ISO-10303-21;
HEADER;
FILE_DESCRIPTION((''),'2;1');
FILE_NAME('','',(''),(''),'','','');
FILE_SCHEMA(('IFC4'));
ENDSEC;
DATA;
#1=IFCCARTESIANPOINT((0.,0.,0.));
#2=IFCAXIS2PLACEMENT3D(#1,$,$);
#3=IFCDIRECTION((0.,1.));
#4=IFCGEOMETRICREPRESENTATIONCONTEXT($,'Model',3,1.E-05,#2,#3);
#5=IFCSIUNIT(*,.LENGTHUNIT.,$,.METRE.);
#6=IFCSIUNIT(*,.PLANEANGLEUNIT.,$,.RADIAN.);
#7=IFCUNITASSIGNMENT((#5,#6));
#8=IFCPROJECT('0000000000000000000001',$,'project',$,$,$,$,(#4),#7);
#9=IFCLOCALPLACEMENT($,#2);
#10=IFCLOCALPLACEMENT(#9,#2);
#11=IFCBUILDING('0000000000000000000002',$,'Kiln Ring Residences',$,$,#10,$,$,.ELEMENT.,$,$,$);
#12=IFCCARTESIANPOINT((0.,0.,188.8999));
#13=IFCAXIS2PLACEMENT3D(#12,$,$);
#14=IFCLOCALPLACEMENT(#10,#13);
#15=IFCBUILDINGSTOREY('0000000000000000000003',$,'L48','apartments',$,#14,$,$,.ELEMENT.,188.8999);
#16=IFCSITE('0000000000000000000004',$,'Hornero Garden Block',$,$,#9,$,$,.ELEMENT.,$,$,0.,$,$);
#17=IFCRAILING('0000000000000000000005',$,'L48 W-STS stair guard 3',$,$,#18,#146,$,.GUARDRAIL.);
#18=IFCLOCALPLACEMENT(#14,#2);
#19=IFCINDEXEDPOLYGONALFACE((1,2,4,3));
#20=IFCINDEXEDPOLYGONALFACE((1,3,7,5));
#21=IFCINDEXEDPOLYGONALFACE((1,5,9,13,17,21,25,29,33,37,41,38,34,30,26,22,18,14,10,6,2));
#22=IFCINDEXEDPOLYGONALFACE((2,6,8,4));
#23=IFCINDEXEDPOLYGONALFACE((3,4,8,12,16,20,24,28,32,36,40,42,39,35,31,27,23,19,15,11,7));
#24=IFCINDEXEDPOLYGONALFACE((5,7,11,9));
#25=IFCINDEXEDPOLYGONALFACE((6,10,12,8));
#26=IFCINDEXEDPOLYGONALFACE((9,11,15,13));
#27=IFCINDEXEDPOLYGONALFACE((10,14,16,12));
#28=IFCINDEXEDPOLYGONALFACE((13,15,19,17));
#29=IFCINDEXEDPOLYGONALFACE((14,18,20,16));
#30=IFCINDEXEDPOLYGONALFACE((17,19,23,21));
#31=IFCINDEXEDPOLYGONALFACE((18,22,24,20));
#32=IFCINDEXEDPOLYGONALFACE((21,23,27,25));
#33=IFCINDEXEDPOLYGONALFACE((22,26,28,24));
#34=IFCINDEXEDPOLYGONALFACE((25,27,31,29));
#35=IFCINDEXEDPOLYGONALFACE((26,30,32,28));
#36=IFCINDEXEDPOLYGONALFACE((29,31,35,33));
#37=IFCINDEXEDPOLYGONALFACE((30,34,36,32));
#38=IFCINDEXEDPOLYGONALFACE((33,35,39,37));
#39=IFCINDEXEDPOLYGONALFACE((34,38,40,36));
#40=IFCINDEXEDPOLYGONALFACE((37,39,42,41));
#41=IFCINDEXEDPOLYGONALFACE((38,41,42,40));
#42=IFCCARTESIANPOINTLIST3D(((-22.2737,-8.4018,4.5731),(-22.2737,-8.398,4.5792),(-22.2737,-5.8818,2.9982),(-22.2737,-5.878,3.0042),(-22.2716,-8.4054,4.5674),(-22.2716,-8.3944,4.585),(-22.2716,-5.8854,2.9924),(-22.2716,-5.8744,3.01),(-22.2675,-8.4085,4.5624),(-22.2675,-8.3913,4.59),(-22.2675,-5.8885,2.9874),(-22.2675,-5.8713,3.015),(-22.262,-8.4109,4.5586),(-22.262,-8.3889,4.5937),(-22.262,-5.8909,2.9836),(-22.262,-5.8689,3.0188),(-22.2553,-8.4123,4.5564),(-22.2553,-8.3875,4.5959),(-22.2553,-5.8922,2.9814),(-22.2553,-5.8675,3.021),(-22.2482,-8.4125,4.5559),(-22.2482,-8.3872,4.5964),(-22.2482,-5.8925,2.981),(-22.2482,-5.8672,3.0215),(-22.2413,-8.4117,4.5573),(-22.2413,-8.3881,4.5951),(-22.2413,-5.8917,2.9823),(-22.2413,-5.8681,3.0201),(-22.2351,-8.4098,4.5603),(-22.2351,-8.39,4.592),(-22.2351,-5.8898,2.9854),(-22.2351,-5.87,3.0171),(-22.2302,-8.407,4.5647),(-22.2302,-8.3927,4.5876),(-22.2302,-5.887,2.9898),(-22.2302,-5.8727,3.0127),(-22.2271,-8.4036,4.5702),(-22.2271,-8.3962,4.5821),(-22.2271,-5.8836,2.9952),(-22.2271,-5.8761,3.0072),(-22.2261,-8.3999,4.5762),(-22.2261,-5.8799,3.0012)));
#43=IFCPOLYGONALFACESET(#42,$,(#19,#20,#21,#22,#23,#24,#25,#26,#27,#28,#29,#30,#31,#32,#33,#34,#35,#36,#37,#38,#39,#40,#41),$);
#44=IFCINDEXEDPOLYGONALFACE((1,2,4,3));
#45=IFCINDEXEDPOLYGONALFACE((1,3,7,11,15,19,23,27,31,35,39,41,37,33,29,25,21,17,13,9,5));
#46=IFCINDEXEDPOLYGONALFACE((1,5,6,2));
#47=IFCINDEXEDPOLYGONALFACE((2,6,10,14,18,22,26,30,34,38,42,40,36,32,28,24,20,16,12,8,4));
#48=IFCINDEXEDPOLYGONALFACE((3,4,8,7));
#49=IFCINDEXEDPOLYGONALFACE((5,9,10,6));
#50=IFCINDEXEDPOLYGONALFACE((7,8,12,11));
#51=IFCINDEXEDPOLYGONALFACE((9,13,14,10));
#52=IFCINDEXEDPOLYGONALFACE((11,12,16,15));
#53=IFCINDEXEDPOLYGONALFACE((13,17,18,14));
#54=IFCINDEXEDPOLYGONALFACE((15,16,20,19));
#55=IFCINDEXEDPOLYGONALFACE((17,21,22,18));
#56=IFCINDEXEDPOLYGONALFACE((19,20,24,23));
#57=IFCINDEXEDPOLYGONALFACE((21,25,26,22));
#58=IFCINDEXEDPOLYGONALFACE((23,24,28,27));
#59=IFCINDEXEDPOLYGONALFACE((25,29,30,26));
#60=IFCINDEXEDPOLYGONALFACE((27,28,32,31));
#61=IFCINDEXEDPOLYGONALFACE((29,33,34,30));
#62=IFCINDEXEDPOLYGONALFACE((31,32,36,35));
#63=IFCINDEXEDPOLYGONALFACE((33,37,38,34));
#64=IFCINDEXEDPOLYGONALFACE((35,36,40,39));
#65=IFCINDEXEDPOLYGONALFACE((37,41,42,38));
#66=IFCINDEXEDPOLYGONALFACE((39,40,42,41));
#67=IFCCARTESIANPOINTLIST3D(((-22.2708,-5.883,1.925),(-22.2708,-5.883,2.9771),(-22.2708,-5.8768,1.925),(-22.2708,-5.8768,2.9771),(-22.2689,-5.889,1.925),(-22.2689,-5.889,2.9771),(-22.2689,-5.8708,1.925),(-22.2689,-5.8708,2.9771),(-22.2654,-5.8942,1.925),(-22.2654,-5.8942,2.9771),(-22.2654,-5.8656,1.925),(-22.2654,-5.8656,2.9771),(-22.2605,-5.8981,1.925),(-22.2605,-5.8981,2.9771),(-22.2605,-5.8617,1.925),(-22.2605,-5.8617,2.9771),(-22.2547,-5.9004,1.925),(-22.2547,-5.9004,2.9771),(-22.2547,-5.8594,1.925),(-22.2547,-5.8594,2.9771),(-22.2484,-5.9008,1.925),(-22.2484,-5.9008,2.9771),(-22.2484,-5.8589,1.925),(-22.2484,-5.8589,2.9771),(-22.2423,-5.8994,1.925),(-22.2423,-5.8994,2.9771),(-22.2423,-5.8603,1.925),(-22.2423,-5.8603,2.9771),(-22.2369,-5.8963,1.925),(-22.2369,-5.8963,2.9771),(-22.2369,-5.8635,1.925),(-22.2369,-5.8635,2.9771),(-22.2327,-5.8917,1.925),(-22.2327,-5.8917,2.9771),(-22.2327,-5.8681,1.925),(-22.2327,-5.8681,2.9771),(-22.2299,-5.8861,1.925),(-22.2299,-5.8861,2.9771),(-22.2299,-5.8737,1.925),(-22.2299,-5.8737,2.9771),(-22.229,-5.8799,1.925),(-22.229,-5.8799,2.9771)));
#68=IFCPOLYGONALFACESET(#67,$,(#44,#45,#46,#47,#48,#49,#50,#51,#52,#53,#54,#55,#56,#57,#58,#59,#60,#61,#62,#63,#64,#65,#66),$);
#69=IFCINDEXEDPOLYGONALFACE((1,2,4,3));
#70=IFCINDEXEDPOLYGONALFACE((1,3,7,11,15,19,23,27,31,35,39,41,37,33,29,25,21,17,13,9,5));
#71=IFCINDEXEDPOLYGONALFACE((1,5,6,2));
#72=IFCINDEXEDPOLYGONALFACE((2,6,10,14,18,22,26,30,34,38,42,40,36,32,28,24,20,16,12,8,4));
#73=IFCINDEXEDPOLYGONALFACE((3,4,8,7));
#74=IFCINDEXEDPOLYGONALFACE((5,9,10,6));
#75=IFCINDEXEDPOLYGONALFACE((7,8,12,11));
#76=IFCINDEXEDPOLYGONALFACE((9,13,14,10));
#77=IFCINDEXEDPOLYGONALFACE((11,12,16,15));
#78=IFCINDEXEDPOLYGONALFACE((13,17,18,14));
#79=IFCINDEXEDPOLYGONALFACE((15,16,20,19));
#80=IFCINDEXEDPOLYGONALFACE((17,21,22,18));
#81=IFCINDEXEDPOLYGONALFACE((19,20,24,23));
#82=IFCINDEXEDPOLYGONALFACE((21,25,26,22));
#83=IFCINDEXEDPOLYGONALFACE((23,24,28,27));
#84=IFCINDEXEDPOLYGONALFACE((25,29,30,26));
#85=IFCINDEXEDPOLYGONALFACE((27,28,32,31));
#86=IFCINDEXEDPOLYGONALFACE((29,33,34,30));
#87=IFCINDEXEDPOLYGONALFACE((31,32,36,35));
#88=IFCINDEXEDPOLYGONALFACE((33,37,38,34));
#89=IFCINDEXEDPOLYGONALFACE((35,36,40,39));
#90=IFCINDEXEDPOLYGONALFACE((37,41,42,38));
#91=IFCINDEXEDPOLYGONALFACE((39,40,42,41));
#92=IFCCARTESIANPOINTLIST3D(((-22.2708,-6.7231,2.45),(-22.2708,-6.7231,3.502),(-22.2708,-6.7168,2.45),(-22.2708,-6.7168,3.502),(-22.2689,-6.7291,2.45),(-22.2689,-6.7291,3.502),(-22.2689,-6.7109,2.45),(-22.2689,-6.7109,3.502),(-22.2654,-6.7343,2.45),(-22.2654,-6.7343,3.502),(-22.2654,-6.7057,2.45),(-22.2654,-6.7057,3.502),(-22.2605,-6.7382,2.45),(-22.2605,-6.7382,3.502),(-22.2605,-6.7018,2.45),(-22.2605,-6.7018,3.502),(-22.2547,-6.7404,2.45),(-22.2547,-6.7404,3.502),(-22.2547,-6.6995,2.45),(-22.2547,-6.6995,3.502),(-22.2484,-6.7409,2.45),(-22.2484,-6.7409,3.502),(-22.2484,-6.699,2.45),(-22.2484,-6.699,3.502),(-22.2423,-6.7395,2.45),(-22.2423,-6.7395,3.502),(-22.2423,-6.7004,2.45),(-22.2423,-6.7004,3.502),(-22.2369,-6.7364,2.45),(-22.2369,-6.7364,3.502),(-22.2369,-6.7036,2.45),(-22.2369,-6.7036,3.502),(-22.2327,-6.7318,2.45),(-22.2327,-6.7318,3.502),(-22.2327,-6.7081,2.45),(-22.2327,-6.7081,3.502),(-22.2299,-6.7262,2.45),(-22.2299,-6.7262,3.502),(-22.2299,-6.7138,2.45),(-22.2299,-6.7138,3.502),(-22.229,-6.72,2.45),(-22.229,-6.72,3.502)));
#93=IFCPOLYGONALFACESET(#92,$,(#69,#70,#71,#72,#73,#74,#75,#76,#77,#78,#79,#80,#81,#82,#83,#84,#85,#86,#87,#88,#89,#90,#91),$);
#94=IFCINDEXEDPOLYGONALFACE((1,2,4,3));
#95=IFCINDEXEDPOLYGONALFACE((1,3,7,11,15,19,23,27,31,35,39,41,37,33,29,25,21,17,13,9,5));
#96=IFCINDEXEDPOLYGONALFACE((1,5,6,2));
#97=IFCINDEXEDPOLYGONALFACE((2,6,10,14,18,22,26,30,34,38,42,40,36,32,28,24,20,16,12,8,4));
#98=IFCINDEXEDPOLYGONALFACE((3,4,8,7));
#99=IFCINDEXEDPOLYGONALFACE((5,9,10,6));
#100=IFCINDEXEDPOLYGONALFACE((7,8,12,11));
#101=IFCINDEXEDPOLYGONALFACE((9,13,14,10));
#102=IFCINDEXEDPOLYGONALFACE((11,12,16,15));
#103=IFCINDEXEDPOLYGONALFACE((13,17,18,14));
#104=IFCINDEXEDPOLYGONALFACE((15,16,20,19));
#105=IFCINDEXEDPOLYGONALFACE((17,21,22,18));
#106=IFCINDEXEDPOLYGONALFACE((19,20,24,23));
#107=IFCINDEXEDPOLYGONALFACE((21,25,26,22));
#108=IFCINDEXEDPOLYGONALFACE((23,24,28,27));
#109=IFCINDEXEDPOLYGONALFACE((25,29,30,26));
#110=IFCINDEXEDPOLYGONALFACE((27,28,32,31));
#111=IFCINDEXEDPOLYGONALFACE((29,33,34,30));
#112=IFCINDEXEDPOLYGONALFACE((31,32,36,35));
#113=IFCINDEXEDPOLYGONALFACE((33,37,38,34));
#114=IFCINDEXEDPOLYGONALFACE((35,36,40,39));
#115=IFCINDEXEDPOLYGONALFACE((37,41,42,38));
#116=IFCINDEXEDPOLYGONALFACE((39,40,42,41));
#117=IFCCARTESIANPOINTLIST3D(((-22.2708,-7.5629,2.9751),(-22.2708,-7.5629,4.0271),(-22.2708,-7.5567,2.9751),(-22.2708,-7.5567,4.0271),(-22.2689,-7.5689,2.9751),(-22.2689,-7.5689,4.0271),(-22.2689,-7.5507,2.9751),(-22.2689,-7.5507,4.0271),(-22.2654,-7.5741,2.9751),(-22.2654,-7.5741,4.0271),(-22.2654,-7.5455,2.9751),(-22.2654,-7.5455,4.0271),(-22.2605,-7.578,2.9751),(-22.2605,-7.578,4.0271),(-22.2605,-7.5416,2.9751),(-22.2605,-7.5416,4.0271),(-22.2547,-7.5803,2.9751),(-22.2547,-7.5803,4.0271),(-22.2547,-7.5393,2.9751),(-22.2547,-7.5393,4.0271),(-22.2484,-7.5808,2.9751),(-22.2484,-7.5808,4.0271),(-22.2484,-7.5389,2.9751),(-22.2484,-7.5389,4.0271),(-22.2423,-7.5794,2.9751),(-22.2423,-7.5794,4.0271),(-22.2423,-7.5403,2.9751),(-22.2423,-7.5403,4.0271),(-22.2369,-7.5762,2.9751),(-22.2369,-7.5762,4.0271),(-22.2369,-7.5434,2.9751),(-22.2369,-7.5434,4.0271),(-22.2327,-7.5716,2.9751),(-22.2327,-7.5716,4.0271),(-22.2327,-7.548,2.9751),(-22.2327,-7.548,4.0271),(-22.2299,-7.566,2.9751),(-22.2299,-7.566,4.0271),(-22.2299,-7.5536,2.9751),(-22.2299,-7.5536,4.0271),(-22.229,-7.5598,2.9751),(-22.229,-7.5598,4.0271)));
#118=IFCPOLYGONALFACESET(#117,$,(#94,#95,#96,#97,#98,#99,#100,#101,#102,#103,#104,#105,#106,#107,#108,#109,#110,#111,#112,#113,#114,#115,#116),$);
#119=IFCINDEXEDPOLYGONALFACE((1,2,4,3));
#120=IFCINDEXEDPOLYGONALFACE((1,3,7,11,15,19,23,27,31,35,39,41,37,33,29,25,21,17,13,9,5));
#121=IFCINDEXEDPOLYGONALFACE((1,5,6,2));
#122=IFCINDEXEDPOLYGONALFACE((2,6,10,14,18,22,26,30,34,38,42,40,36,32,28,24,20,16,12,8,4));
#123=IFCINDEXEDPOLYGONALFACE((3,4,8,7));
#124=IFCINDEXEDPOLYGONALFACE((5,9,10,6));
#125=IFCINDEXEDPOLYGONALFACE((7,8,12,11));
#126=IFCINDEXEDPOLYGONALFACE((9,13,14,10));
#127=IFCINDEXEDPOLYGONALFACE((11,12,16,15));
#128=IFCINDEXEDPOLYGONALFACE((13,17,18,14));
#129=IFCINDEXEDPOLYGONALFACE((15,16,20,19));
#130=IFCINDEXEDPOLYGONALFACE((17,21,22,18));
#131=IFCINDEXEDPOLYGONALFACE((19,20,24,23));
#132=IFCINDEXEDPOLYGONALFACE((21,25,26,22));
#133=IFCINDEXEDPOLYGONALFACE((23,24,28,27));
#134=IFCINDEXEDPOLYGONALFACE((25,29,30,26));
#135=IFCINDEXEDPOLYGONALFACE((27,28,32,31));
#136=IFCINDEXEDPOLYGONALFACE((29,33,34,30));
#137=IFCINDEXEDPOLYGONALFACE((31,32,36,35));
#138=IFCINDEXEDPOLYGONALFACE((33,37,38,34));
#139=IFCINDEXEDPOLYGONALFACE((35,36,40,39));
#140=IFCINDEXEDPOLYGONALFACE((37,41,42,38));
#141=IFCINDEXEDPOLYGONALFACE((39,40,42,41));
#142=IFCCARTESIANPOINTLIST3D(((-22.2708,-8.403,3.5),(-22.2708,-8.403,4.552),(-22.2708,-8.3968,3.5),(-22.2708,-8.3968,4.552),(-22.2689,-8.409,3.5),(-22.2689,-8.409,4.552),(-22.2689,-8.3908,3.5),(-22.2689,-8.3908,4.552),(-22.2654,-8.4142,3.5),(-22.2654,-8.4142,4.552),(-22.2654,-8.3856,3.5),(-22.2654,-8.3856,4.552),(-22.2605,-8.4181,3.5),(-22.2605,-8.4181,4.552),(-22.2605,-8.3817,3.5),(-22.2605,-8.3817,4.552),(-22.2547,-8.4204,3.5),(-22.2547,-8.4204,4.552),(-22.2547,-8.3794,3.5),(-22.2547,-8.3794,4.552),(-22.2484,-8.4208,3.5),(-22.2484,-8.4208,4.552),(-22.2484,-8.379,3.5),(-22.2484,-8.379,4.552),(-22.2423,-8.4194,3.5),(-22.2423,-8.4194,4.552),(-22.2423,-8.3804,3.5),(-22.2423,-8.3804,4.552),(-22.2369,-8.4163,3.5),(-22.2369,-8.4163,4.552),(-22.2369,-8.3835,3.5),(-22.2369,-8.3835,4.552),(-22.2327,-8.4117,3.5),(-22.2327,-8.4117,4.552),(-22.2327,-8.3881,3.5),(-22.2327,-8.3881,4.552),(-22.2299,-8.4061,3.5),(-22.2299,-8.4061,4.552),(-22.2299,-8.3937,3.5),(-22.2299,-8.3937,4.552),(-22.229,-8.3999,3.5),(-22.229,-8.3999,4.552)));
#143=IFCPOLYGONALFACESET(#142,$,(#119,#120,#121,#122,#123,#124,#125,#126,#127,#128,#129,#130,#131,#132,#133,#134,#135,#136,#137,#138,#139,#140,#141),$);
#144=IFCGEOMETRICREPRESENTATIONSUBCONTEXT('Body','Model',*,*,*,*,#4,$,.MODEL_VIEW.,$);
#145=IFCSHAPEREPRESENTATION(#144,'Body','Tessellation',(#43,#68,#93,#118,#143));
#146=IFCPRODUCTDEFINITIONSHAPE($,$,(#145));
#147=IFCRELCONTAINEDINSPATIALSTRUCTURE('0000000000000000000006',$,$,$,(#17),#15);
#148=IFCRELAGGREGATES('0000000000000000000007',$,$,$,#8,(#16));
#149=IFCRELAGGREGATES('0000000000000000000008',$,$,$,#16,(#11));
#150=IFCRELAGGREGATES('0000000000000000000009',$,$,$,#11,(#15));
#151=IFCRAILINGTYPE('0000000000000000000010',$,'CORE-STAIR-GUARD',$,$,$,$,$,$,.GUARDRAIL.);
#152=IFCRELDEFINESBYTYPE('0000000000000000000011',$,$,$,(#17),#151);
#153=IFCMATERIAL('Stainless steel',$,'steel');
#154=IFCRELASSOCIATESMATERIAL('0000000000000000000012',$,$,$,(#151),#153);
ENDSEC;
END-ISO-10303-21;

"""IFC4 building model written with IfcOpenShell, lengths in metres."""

from ifc_helpers import new_model, si_unit, direction, frame, origin, origin_2d, place, context, subcontext, project, spatial, circle, extrude, material, type_object, element, save


model = new_model("IFC4")

# Units and contexts
model_context = context("Model", 3, precision=1e-05, world=origin(), true_north=direction((0.0, 1.0)))
body_context = subcontext(model_context, "Body", "Model", "MODEL_VIEW")
ifc_project = project(units=[si_unit("LENGTHUNIT", "METRE"), si_unit("PLANEANGLEUNIT", "RADIAN")], contexts=[model_context])

# Site, building, storey
site_placement = place(None, origin())
site = spatial("IfcSite", under=ifc_project, at=site_placement, Name="Hornero Garden Block", CompositionType="ELEMENT", RefElevation=0.0)
building_placement = place(site_placement, origin())
building = spatial("IfcBuilding", under=site, at=building_placement, Name="Kiln Ring Residences", CompositionType="ELEMENT")
storey_placement = place(building_placement, frame((0.0, 0.0, 188.8999)))
storey = spatial("IfcBuildingStorey", under=building, at=storey_placement, Name="L48", Description="apartments", CompositionType="ELEMENT", Elevation=188.8999)

# Railing
ifc_material_1 = material(Name="Stainless steel", Category="steel")
railing_type_1 = type_object("IfcRailingType", Name="CORE-STAIR-GUARD", PredefinedType="GUARDRAIL", material=ifc_material_1)
railing_1_placement = place(storey_placement, frame((-22.25, -5.8799, 1.925)))
element("IfcRailing", 1, at=railing_1_placement, inside=storey, type_object=railing_type_1, Name="L48 W-STS stair guard 3", PredefinedType="GUARDRAIL", context=body_context, shape_type="SweptSolid", body=[
    extrude(circle(Radius=0.0239, at=origin_2d()), frame((0.0, 0.0, 1.0762), z_axis=(0.0, -0.848008, 0.529984), x_axis=(1.0, 0.0, 0.0)), (0.0, 0.0, 1.0), 2.9717),
    extrude(circle(Radius=0.021, at=origin_2d()), origin(), (0.0, 0.0, 1.0), 1.052),
    extrude(circle(Radius=0.021, at=origin_2d()), frame((0.0, -0.8401, 0.5249)), (0.0, 0.0, 1.0), 1.052),
    extrude(circle(Radius=0.021, at=origin_2d()), frame((0.0, -1.6799, 1.05)), (0.0, 0.0, 1.0), 1.052),
    extrude(circle(Radius=0.021, at=origin_2d()), frame((0.0, -2.52, 1.575)), (0.0, 0.0, 1.0), 1.052),
])

save(model, "model.ifc")
